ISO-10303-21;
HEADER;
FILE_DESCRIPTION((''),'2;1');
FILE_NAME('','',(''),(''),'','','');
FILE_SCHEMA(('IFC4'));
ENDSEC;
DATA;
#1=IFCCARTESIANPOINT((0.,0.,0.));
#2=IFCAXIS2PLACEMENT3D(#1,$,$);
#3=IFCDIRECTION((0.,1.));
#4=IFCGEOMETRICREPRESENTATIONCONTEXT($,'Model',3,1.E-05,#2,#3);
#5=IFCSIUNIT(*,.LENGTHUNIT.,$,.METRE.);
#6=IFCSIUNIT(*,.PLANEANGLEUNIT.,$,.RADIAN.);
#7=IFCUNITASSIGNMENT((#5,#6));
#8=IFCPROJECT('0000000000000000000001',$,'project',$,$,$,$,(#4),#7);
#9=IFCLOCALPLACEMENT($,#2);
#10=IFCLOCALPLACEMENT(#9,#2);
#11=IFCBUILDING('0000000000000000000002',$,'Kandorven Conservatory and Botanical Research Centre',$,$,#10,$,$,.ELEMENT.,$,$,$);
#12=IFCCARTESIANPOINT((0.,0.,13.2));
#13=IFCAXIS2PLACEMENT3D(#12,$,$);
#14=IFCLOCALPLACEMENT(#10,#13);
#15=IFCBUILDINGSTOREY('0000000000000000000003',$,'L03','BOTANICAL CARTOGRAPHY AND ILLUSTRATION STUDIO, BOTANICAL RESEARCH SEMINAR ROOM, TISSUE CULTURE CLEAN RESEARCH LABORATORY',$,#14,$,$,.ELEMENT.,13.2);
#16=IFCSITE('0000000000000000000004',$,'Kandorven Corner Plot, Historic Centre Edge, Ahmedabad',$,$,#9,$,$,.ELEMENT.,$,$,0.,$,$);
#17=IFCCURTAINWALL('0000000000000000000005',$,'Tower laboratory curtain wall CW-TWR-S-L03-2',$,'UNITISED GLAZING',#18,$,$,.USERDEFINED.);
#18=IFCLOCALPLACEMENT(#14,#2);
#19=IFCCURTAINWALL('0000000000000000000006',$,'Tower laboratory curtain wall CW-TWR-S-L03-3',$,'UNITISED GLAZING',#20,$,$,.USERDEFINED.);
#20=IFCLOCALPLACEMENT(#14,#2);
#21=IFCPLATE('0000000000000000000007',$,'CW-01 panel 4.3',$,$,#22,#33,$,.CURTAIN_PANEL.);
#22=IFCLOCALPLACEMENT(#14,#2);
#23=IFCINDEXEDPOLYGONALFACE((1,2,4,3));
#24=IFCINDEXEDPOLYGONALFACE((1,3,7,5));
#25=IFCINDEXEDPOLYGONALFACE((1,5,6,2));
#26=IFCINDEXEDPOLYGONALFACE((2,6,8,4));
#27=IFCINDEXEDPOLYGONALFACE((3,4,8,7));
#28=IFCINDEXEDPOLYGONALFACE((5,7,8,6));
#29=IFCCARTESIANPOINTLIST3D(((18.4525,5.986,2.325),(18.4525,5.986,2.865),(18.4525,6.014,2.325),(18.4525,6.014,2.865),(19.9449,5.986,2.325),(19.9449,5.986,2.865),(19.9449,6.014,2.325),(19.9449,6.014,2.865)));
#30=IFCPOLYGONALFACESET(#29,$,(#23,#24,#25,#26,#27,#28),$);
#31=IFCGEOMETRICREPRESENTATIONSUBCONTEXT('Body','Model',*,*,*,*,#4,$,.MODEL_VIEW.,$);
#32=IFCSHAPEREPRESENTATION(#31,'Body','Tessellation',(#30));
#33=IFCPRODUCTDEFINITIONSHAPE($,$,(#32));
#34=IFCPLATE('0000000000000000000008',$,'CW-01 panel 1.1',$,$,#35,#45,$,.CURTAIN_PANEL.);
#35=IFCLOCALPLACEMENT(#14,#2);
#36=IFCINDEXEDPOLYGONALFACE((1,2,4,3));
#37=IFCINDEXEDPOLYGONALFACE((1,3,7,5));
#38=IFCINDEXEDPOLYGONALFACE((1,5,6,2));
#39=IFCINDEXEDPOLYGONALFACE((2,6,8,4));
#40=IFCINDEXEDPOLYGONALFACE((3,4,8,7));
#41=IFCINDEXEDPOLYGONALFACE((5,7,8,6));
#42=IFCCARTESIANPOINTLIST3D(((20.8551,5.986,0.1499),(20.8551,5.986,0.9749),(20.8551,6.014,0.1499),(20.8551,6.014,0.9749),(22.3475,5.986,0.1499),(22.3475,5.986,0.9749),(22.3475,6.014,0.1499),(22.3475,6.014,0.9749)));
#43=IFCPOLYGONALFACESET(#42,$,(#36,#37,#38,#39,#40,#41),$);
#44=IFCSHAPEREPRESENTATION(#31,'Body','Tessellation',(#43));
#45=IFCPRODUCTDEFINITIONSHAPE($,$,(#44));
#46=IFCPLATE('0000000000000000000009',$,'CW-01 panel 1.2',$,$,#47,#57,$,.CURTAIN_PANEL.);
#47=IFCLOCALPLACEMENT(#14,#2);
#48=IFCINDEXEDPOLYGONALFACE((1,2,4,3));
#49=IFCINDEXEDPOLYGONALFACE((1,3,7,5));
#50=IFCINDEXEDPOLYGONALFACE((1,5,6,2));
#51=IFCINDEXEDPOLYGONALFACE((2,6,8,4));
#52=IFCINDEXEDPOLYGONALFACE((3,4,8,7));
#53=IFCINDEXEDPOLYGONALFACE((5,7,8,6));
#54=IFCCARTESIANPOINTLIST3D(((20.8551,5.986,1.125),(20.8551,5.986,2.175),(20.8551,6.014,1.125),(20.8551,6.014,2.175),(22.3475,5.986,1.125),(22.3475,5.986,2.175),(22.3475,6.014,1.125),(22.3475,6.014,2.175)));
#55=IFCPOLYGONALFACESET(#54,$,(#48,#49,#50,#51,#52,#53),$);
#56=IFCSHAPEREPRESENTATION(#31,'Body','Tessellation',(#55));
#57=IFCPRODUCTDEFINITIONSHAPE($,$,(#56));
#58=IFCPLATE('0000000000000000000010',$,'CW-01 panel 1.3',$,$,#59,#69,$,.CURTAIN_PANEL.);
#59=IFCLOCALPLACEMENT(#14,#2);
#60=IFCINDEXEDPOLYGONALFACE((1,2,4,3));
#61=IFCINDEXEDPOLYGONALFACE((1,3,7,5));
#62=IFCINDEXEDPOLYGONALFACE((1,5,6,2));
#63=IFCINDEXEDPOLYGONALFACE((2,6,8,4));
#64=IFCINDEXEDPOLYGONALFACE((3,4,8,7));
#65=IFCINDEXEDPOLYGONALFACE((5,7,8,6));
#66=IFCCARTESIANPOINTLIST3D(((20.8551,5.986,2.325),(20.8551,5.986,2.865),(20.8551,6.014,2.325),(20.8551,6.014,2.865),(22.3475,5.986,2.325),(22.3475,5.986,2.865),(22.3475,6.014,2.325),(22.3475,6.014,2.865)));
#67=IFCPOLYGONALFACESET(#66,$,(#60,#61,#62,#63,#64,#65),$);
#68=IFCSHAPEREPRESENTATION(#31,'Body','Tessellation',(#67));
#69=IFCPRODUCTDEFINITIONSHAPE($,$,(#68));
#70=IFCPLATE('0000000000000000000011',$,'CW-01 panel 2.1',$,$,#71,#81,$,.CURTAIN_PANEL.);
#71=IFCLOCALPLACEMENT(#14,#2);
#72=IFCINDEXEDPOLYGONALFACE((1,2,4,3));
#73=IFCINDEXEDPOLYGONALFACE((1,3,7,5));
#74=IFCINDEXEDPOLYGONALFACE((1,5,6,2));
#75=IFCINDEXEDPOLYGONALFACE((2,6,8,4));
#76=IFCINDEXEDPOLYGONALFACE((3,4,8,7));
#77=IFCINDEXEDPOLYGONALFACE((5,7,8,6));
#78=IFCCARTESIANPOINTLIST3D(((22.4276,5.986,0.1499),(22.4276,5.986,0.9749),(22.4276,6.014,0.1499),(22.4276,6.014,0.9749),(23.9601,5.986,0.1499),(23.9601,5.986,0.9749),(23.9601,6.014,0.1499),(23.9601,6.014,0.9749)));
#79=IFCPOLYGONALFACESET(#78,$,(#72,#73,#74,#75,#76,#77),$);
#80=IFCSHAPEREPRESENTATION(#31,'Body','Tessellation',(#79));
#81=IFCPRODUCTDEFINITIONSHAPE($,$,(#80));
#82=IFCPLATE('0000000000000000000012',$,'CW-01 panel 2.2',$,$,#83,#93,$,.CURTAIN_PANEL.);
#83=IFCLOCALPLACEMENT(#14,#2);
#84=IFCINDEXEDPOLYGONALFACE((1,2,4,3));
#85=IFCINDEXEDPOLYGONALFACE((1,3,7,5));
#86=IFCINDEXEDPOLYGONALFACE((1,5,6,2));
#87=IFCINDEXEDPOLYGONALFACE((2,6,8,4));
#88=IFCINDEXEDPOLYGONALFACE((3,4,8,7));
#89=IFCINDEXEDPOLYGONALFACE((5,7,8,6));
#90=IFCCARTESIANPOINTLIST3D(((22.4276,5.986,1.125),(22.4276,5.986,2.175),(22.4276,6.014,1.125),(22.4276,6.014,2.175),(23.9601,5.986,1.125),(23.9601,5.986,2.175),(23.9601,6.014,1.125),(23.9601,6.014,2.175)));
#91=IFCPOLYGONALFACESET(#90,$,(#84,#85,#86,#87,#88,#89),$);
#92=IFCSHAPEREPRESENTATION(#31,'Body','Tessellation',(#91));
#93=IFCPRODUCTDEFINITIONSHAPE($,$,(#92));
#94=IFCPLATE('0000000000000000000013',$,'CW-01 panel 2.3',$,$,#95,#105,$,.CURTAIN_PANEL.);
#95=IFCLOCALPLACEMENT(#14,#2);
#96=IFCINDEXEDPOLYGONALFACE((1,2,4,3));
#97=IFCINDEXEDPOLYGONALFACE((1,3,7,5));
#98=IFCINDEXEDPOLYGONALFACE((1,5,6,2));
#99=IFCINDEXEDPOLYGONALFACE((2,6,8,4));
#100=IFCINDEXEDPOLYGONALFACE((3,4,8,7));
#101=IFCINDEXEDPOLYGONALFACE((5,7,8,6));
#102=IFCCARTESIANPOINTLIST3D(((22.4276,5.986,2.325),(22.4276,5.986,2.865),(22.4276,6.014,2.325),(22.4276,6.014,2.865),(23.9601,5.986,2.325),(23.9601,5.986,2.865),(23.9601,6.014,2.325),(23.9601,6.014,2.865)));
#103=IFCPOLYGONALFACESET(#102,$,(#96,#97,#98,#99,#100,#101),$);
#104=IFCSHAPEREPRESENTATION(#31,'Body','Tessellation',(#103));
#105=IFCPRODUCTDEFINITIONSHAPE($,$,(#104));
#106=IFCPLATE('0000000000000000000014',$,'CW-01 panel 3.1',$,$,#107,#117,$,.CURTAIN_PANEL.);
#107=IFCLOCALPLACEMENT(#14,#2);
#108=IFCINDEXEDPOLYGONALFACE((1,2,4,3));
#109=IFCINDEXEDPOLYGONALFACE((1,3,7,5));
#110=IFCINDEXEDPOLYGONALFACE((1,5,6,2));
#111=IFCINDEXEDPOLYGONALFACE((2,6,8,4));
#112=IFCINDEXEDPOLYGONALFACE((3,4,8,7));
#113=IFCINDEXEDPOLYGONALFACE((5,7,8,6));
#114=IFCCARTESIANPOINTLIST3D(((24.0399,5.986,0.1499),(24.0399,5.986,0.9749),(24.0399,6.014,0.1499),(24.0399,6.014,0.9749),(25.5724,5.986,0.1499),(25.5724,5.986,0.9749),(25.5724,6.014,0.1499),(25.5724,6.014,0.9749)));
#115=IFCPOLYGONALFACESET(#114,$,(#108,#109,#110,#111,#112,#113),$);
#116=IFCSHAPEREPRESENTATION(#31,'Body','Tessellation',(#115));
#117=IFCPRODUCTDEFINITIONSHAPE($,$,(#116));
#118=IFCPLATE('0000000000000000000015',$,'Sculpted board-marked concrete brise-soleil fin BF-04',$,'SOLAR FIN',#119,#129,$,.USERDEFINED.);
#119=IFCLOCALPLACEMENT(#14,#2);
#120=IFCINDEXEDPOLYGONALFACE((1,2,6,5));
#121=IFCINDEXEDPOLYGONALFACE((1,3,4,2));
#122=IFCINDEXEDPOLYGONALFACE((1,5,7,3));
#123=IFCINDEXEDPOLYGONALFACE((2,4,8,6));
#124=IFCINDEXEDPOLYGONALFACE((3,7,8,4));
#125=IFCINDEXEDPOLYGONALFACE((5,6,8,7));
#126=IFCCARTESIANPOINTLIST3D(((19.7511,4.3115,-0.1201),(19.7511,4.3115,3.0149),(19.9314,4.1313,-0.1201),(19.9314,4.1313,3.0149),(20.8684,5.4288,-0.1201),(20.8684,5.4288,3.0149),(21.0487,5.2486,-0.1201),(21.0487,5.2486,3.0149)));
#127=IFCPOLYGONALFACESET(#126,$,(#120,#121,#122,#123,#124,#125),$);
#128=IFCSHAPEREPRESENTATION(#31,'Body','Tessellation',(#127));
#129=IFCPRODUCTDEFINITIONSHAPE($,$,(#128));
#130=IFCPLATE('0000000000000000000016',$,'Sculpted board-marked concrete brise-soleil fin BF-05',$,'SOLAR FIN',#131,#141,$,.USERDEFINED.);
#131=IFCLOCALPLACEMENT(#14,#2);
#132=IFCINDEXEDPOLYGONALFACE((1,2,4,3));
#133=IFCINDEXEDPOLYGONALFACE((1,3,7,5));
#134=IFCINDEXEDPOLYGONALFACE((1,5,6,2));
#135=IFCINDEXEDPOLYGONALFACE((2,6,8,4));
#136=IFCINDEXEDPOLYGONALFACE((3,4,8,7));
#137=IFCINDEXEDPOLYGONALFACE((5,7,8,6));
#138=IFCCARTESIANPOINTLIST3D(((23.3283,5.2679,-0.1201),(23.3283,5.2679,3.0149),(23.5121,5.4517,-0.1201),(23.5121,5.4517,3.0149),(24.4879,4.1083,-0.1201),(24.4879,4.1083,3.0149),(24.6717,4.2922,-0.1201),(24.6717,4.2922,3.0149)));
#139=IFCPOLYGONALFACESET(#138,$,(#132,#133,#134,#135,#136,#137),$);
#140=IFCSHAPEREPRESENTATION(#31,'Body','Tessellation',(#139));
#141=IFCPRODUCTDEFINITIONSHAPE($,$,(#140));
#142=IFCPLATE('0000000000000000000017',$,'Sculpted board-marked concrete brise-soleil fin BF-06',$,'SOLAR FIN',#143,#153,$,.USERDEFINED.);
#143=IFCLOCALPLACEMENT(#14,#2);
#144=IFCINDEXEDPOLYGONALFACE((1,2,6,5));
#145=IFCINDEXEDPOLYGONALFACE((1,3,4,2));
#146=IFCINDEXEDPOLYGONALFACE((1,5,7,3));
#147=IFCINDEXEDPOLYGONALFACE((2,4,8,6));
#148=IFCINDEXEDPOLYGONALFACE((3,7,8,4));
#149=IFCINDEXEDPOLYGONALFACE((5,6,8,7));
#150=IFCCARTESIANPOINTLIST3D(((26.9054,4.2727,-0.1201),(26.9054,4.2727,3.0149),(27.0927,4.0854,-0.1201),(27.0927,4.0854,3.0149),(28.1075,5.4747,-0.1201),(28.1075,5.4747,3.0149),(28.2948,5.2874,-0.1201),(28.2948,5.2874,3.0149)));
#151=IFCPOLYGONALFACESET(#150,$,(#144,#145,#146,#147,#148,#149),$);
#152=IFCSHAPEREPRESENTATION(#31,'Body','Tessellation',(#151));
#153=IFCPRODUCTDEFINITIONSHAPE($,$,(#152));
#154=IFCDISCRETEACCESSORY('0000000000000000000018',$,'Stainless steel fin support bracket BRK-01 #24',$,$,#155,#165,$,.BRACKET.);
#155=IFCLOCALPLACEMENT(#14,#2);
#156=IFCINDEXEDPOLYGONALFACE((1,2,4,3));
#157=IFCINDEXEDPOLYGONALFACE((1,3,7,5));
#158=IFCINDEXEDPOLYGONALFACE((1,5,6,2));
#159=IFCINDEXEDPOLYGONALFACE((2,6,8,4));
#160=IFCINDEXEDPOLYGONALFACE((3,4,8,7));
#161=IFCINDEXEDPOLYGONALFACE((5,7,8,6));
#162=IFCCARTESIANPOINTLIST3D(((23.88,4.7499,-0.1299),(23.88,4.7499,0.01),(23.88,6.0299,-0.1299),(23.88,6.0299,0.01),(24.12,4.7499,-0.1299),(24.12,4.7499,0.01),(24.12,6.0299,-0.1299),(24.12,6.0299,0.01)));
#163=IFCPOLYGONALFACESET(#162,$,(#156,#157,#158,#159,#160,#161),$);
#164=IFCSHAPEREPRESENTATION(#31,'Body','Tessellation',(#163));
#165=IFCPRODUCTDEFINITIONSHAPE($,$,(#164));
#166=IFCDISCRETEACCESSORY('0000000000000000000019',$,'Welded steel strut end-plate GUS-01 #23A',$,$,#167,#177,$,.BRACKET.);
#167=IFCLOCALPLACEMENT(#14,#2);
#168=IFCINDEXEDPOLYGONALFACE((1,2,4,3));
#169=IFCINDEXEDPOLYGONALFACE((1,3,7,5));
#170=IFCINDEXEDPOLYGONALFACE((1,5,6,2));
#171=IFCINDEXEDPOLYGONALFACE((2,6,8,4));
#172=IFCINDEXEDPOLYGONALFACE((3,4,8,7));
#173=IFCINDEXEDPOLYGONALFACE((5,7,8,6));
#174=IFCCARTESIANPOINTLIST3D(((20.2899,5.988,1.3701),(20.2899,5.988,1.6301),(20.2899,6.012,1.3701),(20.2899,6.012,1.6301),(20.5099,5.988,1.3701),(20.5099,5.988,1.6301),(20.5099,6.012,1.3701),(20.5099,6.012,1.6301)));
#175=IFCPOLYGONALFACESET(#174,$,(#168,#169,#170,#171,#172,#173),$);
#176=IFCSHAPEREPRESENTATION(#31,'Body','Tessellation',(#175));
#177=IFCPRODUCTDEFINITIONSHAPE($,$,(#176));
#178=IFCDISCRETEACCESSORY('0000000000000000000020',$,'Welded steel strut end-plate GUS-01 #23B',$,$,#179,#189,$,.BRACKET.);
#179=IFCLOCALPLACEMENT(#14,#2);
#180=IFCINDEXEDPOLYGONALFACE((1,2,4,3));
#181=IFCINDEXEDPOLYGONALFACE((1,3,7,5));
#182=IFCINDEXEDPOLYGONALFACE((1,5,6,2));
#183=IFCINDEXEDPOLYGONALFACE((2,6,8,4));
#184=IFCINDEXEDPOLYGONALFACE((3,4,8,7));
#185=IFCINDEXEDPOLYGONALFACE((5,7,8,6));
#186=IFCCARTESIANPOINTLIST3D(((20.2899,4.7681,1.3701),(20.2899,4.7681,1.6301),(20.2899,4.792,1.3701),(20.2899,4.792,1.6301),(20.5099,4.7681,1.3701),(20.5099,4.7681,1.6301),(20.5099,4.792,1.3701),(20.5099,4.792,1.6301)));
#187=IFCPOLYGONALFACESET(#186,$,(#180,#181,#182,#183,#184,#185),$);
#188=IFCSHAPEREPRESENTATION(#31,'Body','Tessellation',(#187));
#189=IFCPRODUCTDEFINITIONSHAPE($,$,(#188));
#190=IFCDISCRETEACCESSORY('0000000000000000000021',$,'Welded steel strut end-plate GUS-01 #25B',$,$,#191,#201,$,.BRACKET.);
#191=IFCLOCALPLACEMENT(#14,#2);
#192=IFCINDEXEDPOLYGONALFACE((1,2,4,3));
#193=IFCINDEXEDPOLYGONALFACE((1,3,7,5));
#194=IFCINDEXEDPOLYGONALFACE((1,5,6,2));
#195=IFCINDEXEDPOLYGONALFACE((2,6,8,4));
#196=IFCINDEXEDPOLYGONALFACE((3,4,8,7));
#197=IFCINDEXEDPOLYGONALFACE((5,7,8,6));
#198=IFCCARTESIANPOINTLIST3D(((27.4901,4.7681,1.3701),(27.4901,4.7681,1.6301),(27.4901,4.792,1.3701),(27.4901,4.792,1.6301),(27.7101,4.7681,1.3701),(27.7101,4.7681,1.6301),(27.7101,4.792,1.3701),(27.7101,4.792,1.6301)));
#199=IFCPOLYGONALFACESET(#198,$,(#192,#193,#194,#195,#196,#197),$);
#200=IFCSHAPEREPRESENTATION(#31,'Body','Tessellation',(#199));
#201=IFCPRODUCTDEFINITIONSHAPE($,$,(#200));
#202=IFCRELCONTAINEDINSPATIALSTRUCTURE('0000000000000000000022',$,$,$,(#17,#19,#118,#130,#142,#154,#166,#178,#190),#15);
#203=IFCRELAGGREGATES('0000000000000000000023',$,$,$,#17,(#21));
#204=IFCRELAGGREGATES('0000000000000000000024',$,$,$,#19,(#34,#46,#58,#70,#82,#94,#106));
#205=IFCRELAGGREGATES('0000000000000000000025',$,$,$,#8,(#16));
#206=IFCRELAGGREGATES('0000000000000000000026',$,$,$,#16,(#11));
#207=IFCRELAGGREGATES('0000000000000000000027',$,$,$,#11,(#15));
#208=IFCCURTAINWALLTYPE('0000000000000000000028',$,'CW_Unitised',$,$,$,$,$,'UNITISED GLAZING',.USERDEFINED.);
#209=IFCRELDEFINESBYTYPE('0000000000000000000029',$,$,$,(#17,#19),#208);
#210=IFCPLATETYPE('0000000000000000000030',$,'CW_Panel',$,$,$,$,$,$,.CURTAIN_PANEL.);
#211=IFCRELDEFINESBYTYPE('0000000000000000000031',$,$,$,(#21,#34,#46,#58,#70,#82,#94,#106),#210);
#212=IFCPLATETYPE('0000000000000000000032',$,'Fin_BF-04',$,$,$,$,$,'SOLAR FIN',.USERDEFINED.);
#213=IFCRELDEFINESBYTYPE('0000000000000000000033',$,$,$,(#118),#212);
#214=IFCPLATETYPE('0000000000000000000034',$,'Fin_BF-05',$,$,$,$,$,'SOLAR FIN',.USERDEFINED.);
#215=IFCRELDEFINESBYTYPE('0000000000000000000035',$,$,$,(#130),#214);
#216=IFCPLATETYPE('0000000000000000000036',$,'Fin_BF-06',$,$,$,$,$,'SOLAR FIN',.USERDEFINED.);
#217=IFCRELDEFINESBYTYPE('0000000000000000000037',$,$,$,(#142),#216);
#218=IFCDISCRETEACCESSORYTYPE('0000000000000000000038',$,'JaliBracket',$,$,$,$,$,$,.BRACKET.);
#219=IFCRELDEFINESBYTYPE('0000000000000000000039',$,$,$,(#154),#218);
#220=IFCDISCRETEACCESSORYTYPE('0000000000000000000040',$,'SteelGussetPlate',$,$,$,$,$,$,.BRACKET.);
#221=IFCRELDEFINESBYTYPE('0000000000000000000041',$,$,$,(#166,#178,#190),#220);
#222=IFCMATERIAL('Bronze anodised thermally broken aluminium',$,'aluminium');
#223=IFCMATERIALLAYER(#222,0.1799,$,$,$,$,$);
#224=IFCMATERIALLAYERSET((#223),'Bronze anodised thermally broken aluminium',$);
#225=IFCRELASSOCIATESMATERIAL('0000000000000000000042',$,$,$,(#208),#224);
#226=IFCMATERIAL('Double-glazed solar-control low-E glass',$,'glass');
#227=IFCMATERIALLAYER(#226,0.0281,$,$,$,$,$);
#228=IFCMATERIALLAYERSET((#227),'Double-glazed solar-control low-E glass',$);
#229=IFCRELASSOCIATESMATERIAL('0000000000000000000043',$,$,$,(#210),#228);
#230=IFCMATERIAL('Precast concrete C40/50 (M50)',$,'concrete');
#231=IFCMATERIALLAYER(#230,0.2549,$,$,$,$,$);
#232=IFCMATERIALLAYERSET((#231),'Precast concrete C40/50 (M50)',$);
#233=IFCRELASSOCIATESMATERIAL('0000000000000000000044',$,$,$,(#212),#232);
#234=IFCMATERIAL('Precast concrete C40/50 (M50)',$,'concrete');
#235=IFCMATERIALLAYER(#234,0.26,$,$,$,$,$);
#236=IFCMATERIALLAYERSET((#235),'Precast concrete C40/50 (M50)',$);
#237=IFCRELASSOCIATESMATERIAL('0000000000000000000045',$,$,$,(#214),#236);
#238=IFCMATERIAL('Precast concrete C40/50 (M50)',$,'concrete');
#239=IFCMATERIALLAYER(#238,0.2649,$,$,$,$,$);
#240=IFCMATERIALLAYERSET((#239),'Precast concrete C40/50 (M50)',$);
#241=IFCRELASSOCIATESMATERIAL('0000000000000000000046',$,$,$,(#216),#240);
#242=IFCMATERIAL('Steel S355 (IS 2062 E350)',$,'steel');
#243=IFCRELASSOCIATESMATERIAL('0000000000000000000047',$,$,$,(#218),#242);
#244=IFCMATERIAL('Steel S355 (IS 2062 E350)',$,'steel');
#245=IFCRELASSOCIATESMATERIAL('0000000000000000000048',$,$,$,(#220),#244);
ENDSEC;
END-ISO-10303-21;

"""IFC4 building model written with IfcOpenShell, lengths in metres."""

from ifc_helpers import new_model, si_unit, direction, frame, origin, origin_2d, place, context, subcontext, project, spatial, rectangle, extrude, material, layer, layer_set, type_object, element, aggregate, save


model = new_model("IFC4")

# Units and contexts
model_context = context("Model", 3, precision=1e-05, world=origin(), true_north=direction((0.0, 1.0)))
body_context = subcontext(model_context, "Body", "Model", "MODEL_VIEW")
ifc_project = project(units=[si_unit("LENGTHUNIT", "METRE"), si_unit("PLANEANGLEUNIT", "RADIAN")], contexts=[model_context])

# Site, building, storey
site_placement = place(None, origin())
site = spatial("IfcSite", under=ifc_project, at=site_placement, Name="Kandorven Corner Plot, Historic Centre Edge, Ahmedabad", CompositionType="ELEMENT", RefElevation=0.0)
building_placement = place(site_placement, origin())
building = spatial("IfcBuilding", under=site, at=building_placement, Name="Kandorven Conservatory and Botanical Research Centre", CompositionType="ELEMENT")
storey_placement = place(building_placement, frame((0.0, 0.0, 13.2)))
storey = spatial("IfcBuildingStorey", under=building, at=storey_placement, Name="L03", Description="BOTANICAL CARTOGRAPHY AND ILLUSTRATION STUDIO, BOTANICAL RESEARCH SEMINAR ROOM, TISSUE CULTURE CLEAN RESEARCH LABORATORY", CompositionType="ELEMENT", Elevation=13.2)

# Curtain wall
ifc_material_1 = material(Name="Bronze anodised thermally broken aluminium", Category="aluminium")
ifc_layer_1 = layer(ifc_material_1, 0.1799)
ifc_layer_set_1 = layer_set([ifc_layer_1], Name="Bronze anodised thermally broken aluminium")
curtain_wall_type = type_object("IfcCurtainWallType", Name="CW_Unitised", ElementType="UNITISED GLAZING", PredefinedType="USERDEFINED", material=ifc_layer_set_1)
curtain_wall_1_placement = place(storey_placement, origin())
curtain_wall_1 = element("IfcCurtainWall", 1, at=curtain_wall_1_placement, inside=storey, type_object=curtain_wall_type, Name="Tower laboratory curtain wall CW-TWR-S-L03-2", ObjectType="UNITISED GLAZING", PredefinedType="USERDEFINED")

# Curtain wall
curtain_wall_2_placement = place(storey_placement, origin())
curtain_wall_2 = element("IfcCurtainWall", 2, at=curtain_wall_2_placement, inside=storey, type_object=curtain_wall_type, Name="Tower laboratory curtain wall CW-TWR-S-L03-3", ObjectType="UNITISED GLAZING", PredefinedType="USERDEFINED")

# Plates
ifc_material_2 = material(Name="Double-glazed solar-control low-E glass", Category="glass")
ifc_layer_2 = layer(ifc_material_2, 0.0281)
ifc_layer_set_2 = layer_set([ifc_layer_2], Name="Double-glazed solar-control low-E glass")
plate_type_1 = type_object("IfcPlateType", Name="CW_Panel", PredefinedType="CURTAIN_PANEL", material=ifc_layer_set_2)
plate_1_placement = place(storey_placement, frame((19.1987, 6.0, 2.325), z_axis=(0.0, 0.0, 1.0), x_axis=(1.0, 0.0, 0.0)))
plate_1 = element("IfcPlate", 3, at=plate_1_placement, type_object=plate_type_1, Name="CW-01 panel 4.3", PredefinedType="CURTAIN_PANEL", context=body_context, shape_type="SweptSolid", body=[
    extrude(rectangle(XDim=1.4924, YDim=0.0281, at=origin_2d()), origin(), (0.0, 0.0, 1.0), 0.54),
])
aggregate(curtain_wall_1, [plate_1])
plate_2_placement = place(storey_placement, frame((21.6013, 6.0, 0.1499), z_axis=(0.0, 0.0, 1.0), x_axis=(1.0, 0.0, 0.0)))
plate_2 = element("IfcPlate", 4, at=plate_2_placement, type_object=plate_type_1, Name="CW-01 panel 1.1", PredefinedType="CURTAIN_PANEL", context=body_context, shape_type="SweptSolid", body=[
    extrude(rectangle(XDim=1.4924, YDim=0.0281, at=origin_2d()), origin(), (0.0, 0.0, 1.0), 0.825),
])
plate_3_placement = place(storey_placement, frame((21.6013, 6.0, 1.125), z_axis=(0.0, 0.0, 1.0), x_axis=(1.0, 0.0, 0.0)))
plate_3 = element("IfcPlate", 5, at=plate_3_placement, type_object=plate_type_1, Name="CW-01 panel 1.2", PredefinedType="CURTAIN_PANEL", context=body_context, shape_type="SweptSolid", body=[
    extrude(rectangle(XDim=1.4924, YDim=0.0281, at=origin_2d()), origin(), (0.0, 0.0, 1.0), 1.05),
])
plate_4_placement = place(storey_placement, frame((21.6013, 6.0, 2.325), z_axis=(0.0, 0.0, 1.0), x_axis=(1.0, 0.0, 0.0)))
plate_4 = element("IfcPlate", 6, at=plate_4_placement, type_object=plate_type_1, Name="CW-01 panel 1.3", PredefinedType="CURTAIN_PANEL", context=body_context, shape_type="SweptSolid", body=[
    extrude(rectangle(XDim=1.4924, YDim=0.0281, at=origin_2d()), origin(), (0.0, 0.0, 1.0), 0.54),
])
plate_5_placement = place(storey_placement, frame((23.1938, 6.0, 0.1499), z_axis=(0.0, 0.0, 1.0), x_axis=(1.0, 0.0, 0.0)))
plate_5 = element("IfcPlate", 7, at=plate_5_placement, type_object=plate_type_1, Name="CW-01 panel 2.1", PredefinedType="CURTAIN_PANEL", context=body_context, shape_type="SweptSolid", body=[
    extrude(rectangle(XDim=1.5325, YDim=0.0281, at=origin_2d()), origin(), (0.0, 0.0, 1.0), 0.825),
])
plate_6_placement = place(storey_placement, frame((23.1938, 6.0, 1.125), z_axis=(0.0, 0.0, 1.0), x_axis=(1.0, 0.0, 0.0)))
plate_6 = element("IfcPlate", 8, at=plate_6_placement, type_object=plate_type_1, Name="CW-01 panel 2.2", PredefinedType="CURTAIN_PANEL", context=body_context, shape_type="SweptSolid", body=[
    extrude(rectangle(XDim=1.5325, YDim=0.0281, at=origin_2d()), origin(), (0.0, 0.0, 1.0), 1.05),
])
plate_7_placement = place(storey_placement, frame((23.1938, 6.0, 2.325), z_axis=(0.0, 0.0, 1.0), x_axis=(1.0, 0.0, 0.0)))
plate_7 = element("IfcPlate", 9, at=plate_7_placement, type_object=plate_type_1, Name="CW-01 panel 2.3", PredefinedType="CURTAIN_PANEL", context=body_context, shape_type="SweptSolid", body=[
    extrude(rectangle(XDim=1.5325, YDim=0.0281, at=origin_2d()), origin(), (0.0, 0.0, 1.0), 0.54),
])
plate_8_placement = place(storey_placement, frame((24.8062, 6.0, 0.1499), z_axis=(0.0, 0.0, 1.0), x_axis=(1.0, 0.0, 0.0)))
plate_8 = element("IfcPlate", 10, at=plate_8_placement, type_object=plate_type_1, Name="CW-01 panel 3.1", PredefinedType="CURTAIN_PANEL", context=body_context, shape_type="SweptSolid", body=[
    extrude(rectangle(XDim=1.5325, YDim=0.0281, at=origin_2d()), origin(), (0.0, 0.0, 1.0), 0.825),
])
aggregate(curtain_wall_2, [plate_2, plate_3, plate_4, plate_5, plate_6, plate_7, plate_8])

# Plates
ifc_material_3 = material(Name="Precast concrete C40/50 (M50)", Category="concrete")
ifc_layer_3 = layer(ifc_material_3, 0.2549)
ifc_layer_set_3 = layer_set([ifc_layer_3], Name="Precast concrete C40/50 (M50)")
plate_type_2 = type_object("IfcPlateType", Name="Fin_BF-04", ElementType="SOLAR FIN", PredefinedType="USERDEFINED", material=ifc_layer_set_3)
plate_9_placement = place(storey_placement, frame((20.3999, 4.78, -0.1201), z_axis=(0.0, 0.0, 1.0), x_axis=(0.707107, 0.707107, 0.0)))
element("IfcPlate", 11, at=plate_9_placement, inside=storey, type_object=plate_type_2, Name="Sculpted board-marked concrete brise-soleil fin BF-04", ObjectType="SOLAR FIN", PredefinedType="USERDEFINED", context=body_context, shape_type="SweptSolid", body=[
    extrude(rectangle(XDim=1.5801, YDim=0.2549, at=origin_2d()), origin(), (0.0, 0.0, 1.0), 3.135),
])
ifc_material_4 = material(Name="Precast concrete C40/50 (M50)", Category="concrete")
ifc_layer_4 = layer(ifc_material_4, 0.26)
ifc_layer_set_4 = layer_set([ifc_layer_4], Name="Precast concrete C40/50 (M50)")
plate_type_3 = type_object("IfcPlateType", Name="Fin_BF-05", ElementType="SOLAR FIN", PredefinedType="USERDEFINED", material=ifc_layer_set_4)
plate_10_placement = place(storey_placement, frame((24.0, 4.78, -0.1201), z_axis=(0.0, 0.0, 1.0), x_axis=(-0.707107, 0.707107, 0.0)))
element("IfcPlate", 12, at=plate_10_placement, inside=storey, type_object=plate_type_3, Name="Sculpted board-marked concrete brise-soleil fin BF-05", ObjectType="SOLAR FIN", PredefinedType="USERDEFINED", context=body_context, shape_type="SweptSolid", body=[
    extrude(rectangle(XDim=1.6399, YDim=0.26, at=origin_2d()), origin(), (0.0, 0.0, 1.0), 3.135),
])
ifc_material_5 = material(Name="Precast concrete C40/50 (M50)", Category="concrete")
ifc_layer_5 = layer(ifc_material_5, 0.2649)
ifc_layer_set_5 = layer_set([ifc_layer_5], Name="Precast concrete C40/50 (M50)")
plate_type_4 = type_object("IfcPlateType", Name="Fin_BF-06", ElementType="SOLAR FIN", PredefinedType="USERDEFINED", material=ifc_layer_set_5)
plate_11_placement = place(storey_placement, frame((27.6001, 4.78, -0.1201), z_axis=(0.0, 0.0, 1.0), x_axis=(0.707107, 0.707107, 0.0)))
element("IfcPlate", 13, at=plate_11_placement, inside=storey, type_object=plate_type_4, Name="Sculpted board-marked concrete brise-soleil fin BF-06", ObjectType="SOLAR FIN", PredefinedType="USERDEFINED", context=body_context, shape_type="SweptSolid", body=[
    extrude(rectangle(XDim=1.7, YDim=0.2649, at=origin_2d()), origin(), (0.0, 0.0, 1.0), 3.135),
])

# Discrete accessories
ifc_material_6 = material(Name="Steel S355 (IS 2062 E350)", Category="steel")
discrete_accessory_type_1 = type_object("IfcDiscreteAccessoryType", Name="JaliBracket", PredefinedType="BRACKET", material=ifc_material_6)
discrete_accessory_placement = place(storey_placement, frame((24.0, 5.3899, -0.1299), z_axis=(0.0, 0.0, 1.0), x_axis=(1.0, 0.0, 0.0)))
element("IfcDiscreteAccessory", 14, at=discrete_accessory_placement, inside=storey, type_object=discrete_accessory_type_1, Name="Stainless steel fin support bracket BRK-01 #24", PredefinedType="BRACKET", context=body_context, shape_type="SweptSolid", body=[
    extrude(rectangle(XDim=0.24, YDim=1.28, at=origin_2d()), origin(), (0.0, 0.0, 1.0), 0.1399),
])
ifc_material_7 = material(Name="Steel S355 (IS 2062 E350)", Category="steel")
discrete_accessory_type_2 = type_object("IfcDiscreteAccessoryType", Name="SteelGussetPlate", PredefinedType="BRACKET", material=ifc_material_7)
for number, where, z_axis, x_axis, name in (
    (15, (20.3999, 6.0, 1.3701), (0.0, 0.0, 1.0), (1.0, 0.0, 0.0), "Welded steel strut end-plate GUS-01 #23A"),
    (16, (20.3999, 4.78, 1.3701), (0.0, 0.0, 1.0), (1.0, 0.0, 0.0), "Welded steel strut end-plate GUS-01 #23B"),
    (17, (27.6001, 4.78, 1.3701), (0.0, 0.0, 1.0), (1.0, 0.0, 0.0), "Welded steel strut end-plate GUS-01 #25B"),
):
    element("IfcDiscreteAccessory", number, at=place(storey_placement, frame(where, z_axis=z_axis, x_axis=x_axis)), inside=storey, type_object=discrete_accessory_type_2, Name=name, PredefinedType="BRACKET", context=body_context, shape_type="SweptSolid", body=[
        extrude(rectangle(XDim=0.22, YDim=0.0239, at=origin_2d()), origin(), (0.0, 0.0, 1.0), 0.26),
    ])

save(model, "model.ifc")
